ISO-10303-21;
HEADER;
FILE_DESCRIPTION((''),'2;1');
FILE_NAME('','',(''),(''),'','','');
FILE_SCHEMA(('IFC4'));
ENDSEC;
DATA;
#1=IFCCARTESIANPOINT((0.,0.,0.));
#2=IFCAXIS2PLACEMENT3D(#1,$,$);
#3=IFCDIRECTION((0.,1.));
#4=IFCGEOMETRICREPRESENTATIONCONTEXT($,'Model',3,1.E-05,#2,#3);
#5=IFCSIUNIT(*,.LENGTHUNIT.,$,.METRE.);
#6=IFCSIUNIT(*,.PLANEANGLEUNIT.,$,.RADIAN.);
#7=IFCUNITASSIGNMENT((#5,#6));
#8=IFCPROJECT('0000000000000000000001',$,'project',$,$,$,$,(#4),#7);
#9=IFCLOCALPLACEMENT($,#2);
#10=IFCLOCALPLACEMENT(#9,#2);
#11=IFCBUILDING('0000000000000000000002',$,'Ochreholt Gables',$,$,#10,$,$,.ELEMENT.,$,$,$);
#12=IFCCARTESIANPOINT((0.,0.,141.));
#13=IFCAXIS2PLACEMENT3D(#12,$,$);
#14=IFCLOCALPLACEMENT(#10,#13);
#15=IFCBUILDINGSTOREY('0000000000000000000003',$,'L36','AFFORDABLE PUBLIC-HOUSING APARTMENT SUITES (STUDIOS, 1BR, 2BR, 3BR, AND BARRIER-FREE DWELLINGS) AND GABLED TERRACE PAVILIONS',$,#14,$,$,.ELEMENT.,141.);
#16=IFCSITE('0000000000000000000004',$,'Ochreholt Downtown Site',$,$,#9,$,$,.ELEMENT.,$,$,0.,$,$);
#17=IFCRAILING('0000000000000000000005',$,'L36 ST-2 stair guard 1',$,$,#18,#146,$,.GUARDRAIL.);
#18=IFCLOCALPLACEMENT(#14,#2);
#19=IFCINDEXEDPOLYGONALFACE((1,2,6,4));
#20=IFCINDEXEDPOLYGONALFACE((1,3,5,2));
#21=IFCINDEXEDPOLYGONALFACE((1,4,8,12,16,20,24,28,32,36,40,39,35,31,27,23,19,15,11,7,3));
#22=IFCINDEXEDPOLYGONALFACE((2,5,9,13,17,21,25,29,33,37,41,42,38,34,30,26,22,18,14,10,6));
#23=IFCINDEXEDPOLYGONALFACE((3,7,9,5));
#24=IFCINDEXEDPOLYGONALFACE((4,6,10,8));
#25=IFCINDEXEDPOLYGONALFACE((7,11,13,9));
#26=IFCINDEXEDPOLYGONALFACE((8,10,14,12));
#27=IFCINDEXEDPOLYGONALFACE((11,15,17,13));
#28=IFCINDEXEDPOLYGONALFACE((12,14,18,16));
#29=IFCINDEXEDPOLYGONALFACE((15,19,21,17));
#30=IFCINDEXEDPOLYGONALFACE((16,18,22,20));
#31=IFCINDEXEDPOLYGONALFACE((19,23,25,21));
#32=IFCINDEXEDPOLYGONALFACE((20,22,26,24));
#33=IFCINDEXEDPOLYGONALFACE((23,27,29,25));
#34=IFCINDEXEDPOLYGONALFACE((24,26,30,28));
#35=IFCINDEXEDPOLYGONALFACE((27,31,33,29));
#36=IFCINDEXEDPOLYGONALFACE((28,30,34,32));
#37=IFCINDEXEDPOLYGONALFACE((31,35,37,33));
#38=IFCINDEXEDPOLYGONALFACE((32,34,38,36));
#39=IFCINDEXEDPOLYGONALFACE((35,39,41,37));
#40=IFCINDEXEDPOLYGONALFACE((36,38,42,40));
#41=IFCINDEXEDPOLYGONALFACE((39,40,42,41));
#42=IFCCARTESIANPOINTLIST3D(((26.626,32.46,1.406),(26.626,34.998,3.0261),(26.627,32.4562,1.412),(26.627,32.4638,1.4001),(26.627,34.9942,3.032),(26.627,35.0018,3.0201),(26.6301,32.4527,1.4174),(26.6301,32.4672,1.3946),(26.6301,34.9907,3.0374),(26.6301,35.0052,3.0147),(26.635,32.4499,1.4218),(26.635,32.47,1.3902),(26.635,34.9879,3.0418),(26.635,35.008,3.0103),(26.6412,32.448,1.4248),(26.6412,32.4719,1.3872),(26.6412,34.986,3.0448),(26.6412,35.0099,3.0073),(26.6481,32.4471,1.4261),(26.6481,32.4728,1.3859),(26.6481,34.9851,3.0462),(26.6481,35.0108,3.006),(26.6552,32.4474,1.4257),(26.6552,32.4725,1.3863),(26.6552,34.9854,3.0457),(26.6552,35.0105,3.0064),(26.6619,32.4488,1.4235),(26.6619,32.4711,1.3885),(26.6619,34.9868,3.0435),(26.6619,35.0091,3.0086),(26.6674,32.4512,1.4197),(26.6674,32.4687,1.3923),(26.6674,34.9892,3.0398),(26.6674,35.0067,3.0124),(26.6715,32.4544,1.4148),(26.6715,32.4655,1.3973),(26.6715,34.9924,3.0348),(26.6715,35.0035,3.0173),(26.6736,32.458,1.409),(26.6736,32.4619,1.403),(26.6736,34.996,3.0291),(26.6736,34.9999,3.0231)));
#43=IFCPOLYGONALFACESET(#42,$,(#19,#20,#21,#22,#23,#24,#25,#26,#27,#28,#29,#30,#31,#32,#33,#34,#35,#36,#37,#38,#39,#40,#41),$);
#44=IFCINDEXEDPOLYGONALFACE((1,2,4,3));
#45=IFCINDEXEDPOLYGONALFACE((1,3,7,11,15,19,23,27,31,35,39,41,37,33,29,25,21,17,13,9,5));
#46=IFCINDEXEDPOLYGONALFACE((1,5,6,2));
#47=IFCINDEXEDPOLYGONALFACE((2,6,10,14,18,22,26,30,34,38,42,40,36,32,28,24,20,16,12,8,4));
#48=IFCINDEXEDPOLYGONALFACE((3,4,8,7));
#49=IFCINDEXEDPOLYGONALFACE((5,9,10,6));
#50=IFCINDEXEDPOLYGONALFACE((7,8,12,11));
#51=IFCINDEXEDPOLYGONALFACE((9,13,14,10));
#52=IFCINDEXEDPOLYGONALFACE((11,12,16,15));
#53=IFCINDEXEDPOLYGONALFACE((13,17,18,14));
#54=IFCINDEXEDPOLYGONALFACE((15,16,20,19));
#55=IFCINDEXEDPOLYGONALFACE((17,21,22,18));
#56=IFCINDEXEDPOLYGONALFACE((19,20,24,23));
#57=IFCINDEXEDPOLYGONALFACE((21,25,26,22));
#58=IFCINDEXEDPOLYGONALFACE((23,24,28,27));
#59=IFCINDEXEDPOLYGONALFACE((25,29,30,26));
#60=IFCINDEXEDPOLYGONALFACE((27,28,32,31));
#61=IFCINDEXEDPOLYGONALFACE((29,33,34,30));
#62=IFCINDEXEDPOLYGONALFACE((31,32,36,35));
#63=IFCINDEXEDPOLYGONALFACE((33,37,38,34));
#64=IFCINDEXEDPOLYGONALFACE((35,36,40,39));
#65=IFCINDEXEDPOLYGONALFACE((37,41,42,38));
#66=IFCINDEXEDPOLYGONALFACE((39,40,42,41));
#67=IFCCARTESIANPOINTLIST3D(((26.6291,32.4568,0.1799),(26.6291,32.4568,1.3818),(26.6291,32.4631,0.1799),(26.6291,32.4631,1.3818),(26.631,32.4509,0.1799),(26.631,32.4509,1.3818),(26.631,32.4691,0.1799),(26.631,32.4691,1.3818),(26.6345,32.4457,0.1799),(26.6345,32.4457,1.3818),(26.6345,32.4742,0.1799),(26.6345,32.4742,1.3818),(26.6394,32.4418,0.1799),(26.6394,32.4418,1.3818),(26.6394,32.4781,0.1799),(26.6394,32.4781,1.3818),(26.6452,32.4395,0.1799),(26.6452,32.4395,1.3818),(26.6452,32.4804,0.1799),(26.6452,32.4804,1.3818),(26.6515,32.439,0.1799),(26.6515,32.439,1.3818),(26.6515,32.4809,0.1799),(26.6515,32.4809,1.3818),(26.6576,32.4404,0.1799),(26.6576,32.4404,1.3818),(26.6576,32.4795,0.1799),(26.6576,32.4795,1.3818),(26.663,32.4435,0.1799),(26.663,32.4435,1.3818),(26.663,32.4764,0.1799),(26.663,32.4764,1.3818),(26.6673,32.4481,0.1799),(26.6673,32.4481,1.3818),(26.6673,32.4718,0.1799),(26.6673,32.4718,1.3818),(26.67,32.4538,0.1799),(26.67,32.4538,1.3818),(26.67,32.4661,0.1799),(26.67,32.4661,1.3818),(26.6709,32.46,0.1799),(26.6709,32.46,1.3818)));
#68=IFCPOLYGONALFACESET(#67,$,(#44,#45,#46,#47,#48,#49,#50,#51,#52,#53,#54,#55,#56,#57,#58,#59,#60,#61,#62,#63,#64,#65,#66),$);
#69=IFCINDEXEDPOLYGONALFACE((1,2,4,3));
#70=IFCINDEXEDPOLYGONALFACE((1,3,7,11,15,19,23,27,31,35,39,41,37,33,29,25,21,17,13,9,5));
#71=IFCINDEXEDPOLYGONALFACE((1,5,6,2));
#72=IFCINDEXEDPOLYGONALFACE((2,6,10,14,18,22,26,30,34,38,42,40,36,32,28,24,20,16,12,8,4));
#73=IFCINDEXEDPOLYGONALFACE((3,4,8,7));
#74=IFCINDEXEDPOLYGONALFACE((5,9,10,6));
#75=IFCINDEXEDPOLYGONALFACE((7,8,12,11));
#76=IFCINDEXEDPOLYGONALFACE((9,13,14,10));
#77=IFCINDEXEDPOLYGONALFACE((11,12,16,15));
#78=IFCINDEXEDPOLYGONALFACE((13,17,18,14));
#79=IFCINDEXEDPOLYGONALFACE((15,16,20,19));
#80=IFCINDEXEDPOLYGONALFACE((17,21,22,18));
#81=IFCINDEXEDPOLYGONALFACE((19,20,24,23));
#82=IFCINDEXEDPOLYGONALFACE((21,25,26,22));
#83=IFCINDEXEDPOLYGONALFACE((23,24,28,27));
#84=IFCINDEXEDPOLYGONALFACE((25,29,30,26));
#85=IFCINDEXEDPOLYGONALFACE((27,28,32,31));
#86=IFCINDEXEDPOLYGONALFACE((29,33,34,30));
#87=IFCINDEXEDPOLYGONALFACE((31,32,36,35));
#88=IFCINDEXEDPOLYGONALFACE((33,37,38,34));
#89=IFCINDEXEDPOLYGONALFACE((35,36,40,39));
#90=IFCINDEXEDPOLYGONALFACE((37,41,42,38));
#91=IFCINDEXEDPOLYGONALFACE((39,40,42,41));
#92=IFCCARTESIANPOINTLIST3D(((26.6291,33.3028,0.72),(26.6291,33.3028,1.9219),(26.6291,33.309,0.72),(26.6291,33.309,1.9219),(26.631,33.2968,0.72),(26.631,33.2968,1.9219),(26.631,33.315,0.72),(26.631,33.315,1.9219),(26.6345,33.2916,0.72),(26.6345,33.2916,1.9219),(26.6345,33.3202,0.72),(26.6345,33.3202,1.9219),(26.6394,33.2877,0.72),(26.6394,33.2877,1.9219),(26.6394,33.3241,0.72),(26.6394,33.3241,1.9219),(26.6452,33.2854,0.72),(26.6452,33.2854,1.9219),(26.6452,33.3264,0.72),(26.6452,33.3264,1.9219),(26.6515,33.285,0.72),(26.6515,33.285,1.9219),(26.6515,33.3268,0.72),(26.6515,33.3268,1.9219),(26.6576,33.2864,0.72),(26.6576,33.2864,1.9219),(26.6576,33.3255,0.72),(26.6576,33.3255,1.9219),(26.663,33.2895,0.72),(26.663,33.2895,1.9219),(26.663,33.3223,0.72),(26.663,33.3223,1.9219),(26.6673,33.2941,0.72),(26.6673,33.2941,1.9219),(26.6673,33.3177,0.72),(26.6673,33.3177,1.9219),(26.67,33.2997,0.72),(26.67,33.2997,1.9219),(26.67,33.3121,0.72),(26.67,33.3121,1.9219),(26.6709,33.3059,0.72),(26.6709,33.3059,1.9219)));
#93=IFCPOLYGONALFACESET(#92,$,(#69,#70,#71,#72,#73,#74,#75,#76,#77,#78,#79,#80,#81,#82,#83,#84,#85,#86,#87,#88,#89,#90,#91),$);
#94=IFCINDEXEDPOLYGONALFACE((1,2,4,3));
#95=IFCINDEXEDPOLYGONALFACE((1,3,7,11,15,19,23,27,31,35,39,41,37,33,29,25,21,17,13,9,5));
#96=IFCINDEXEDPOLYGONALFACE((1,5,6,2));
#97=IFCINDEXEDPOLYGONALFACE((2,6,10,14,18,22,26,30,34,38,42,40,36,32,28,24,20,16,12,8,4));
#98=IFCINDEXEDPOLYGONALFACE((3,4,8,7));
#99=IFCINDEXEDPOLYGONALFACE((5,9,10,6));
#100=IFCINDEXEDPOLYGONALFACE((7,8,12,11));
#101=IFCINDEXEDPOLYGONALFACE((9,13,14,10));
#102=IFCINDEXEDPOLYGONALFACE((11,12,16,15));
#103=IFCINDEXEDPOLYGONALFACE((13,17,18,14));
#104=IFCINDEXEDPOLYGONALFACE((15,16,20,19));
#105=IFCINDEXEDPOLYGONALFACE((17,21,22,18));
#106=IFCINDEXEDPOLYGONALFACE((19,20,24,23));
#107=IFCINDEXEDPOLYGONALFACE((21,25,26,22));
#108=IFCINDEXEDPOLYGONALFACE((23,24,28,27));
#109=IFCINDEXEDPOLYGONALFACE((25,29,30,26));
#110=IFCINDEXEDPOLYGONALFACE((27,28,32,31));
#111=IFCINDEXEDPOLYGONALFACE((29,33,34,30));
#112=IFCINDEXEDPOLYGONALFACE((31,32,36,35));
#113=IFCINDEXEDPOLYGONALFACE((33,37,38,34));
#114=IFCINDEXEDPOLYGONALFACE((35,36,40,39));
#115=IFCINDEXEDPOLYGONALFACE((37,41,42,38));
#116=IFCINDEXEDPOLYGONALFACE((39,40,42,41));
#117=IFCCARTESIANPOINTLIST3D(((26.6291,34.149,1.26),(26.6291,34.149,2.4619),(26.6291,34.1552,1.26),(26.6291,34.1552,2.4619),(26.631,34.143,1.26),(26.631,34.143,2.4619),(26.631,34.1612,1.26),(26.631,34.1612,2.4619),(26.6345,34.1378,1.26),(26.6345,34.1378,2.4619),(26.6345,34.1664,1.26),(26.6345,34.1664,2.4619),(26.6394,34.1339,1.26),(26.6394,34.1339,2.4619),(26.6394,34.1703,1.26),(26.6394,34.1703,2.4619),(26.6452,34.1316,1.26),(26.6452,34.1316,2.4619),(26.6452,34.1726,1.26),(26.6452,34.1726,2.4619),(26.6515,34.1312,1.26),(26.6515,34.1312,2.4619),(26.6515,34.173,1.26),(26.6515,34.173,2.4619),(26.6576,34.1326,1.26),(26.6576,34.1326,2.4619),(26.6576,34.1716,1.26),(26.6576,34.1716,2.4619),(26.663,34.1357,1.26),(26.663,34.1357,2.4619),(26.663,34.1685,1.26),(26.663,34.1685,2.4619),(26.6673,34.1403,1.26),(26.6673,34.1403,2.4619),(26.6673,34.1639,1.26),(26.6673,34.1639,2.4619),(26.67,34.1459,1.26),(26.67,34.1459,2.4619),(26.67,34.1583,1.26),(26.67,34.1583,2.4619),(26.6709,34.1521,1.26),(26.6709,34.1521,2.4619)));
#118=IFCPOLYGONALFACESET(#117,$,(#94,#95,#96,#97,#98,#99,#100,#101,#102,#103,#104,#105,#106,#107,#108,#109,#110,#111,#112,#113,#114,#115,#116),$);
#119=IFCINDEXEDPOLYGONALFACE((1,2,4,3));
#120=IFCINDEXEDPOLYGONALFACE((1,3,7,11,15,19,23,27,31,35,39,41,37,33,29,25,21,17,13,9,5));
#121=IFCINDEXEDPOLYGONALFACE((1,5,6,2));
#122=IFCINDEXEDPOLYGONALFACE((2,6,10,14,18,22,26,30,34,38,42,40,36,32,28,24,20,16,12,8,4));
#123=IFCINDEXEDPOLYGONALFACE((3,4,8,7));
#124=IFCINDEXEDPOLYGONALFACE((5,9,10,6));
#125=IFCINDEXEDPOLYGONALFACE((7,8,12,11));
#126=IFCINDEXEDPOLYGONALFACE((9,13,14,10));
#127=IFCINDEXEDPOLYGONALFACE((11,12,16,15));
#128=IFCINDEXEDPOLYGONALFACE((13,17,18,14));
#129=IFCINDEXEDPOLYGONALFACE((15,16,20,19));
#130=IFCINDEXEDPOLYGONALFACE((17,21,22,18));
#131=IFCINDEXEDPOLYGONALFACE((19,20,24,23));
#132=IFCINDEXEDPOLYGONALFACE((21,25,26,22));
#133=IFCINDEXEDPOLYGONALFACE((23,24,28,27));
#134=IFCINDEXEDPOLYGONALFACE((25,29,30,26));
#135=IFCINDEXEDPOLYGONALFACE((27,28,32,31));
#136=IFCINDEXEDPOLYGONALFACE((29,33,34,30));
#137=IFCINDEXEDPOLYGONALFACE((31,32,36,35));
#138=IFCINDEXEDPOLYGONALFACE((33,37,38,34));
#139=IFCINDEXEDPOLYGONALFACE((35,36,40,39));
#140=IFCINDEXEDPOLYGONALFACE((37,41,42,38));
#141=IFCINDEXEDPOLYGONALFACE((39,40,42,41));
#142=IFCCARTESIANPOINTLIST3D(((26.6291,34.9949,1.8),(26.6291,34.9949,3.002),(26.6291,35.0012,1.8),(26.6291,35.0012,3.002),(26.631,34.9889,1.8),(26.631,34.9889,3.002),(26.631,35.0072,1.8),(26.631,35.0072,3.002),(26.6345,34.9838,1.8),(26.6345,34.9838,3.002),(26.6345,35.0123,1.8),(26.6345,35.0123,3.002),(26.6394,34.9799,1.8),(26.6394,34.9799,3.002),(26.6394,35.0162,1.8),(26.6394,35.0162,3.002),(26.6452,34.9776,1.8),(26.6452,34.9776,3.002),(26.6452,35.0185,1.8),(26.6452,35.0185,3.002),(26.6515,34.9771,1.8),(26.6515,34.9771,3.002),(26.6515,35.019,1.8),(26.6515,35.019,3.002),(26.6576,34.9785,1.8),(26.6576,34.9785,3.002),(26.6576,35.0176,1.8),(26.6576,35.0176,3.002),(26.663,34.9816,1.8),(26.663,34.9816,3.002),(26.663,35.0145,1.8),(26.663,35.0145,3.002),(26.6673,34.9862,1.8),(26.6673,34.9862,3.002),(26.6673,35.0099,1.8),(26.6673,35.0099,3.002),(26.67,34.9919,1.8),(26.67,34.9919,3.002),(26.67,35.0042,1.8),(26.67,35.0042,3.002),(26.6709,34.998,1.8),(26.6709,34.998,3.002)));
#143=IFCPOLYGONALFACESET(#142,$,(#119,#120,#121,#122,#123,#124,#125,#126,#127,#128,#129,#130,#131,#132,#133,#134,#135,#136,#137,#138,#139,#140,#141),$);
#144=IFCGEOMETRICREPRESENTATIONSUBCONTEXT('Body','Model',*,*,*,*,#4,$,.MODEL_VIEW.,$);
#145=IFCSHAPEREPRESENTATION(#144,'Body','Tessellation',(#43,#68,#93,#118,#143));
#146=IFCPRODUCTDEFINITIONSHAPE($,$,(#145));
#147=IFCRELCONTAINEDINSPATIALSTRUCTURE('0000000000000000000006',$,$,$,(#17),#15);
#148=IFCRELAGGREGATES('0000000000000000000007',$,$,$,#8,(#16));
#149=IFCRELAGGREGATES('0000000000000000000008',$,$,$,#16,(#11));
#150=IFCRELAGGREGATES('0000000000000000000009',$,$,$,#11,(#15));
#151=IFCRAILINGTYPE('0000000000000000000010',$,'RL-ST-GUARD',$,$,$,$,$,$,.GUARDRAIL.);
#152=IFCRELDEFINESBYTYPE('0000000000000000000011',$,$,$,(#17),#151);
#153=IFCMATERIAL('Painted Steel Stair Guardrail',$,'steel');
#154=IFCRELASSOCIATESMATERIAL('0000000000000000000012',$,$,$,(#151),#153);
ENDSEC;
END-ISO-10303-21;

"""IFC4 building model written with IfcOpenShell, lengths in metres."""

from ifc_helpers import new_model, si_unit, direction, frame, origin, origin_2d, place, context, subcontext, project, spatial, circle, extrude, material, type_object, element, save


model = new_model("IFC4")

# Units and contexts
model_context = context("Model", 3, precision=1e-05, world=origin(), true_north=direction((0.0, 1.0)))
body_context = subcontext(model_context, "Body", "Model", "MODEL_VIEW")
ifc_project = project(units=[si_unit("LENGTHUNIT", "METRE"), si_unit("PLANEANGLEUNIT", "RADIAN")], contexts=[model_context])

# Site, building, storey
site_placement = place(None, origin())
site = spatial("IfcSite", under=ifc_project, at=site_placement, Name="Ochreholt Downtown Site", CompositionType="ELEMENT", RefElevation=0.0)
building_placement = place(site_placement, origin())
building = spatial("IfcBuilding", under=site, at=building_placement, Name="Ochreholt Gables", CompositionType="ELEMENT")
storey_placement = place(building_placement, frame((0.0, 0.0, 141.0)))
storey = spatial("IfcBuildingStorey", under=building, at=storey_placement, Name="L36", Description="AFFORDABLE PUBLIC-HOUSING APARTMENT SUITES (STUDIOS, 1BR, 2BR, 3BR, AND BARRIER-FREE DWELLINGS) AND GABLED TERRACE PAVILIONS", CompositionType="ELEMENT", Elevation=141.0)

# Railing
ifc_material_1 = material(Name="Painted Steel Stair Guardrail", Category="steel")
railing_type_1 = type_object("IfcRailingType", Name="RL-ST-GUARD", PredefinedType="GUARDRAIL", material=ifc_material_1)
railing_1_placement = place(storey_placement, frame((26.6499, 32.46, 0.1799)))
element("IfcRailing", 1, at=railing_1_placement, inside=storey, type_object=railing_type_1, Name="L36 ST-2 stair guard 1", PredefinedType="GUARDRAIL", context=body_context, shape_type="SweptSolid", body=[
    extrude(circle(Radius=0.0239, at=origin_2d()), frame((0.0, 0.0, 1.2261), z_axis=(0.0, 0.842913, 0.53805), x_axis=(-1.0, 0.0, 0.0)), (0.0, 0.0, 1.0), 3.011),
    extrude(circle(Radius=0.021, at=origin_2d()), origin(), (0.0, 0.0, 1.0), 1.2019),
    extrude(circle(Radius=0.021, at=origin_2d()), frame((0.0, 0.8459, 0.54)), (0.0, 0.0, 1.0), 1.2019),
    extrude(circle(Radius=0.021, at=origin_2d()), frame((0.0, 1.6921, 1.0801)), (0.0, 0.0, 1.0), 1.2019),
    extrude(circle(Radius=0.021, at=origin_2d()), frame((0.0, 2.5381, 1.6201)), (0.0, 0.0, 1.0), 1.2019),
])

save(model, "model.ifc")
